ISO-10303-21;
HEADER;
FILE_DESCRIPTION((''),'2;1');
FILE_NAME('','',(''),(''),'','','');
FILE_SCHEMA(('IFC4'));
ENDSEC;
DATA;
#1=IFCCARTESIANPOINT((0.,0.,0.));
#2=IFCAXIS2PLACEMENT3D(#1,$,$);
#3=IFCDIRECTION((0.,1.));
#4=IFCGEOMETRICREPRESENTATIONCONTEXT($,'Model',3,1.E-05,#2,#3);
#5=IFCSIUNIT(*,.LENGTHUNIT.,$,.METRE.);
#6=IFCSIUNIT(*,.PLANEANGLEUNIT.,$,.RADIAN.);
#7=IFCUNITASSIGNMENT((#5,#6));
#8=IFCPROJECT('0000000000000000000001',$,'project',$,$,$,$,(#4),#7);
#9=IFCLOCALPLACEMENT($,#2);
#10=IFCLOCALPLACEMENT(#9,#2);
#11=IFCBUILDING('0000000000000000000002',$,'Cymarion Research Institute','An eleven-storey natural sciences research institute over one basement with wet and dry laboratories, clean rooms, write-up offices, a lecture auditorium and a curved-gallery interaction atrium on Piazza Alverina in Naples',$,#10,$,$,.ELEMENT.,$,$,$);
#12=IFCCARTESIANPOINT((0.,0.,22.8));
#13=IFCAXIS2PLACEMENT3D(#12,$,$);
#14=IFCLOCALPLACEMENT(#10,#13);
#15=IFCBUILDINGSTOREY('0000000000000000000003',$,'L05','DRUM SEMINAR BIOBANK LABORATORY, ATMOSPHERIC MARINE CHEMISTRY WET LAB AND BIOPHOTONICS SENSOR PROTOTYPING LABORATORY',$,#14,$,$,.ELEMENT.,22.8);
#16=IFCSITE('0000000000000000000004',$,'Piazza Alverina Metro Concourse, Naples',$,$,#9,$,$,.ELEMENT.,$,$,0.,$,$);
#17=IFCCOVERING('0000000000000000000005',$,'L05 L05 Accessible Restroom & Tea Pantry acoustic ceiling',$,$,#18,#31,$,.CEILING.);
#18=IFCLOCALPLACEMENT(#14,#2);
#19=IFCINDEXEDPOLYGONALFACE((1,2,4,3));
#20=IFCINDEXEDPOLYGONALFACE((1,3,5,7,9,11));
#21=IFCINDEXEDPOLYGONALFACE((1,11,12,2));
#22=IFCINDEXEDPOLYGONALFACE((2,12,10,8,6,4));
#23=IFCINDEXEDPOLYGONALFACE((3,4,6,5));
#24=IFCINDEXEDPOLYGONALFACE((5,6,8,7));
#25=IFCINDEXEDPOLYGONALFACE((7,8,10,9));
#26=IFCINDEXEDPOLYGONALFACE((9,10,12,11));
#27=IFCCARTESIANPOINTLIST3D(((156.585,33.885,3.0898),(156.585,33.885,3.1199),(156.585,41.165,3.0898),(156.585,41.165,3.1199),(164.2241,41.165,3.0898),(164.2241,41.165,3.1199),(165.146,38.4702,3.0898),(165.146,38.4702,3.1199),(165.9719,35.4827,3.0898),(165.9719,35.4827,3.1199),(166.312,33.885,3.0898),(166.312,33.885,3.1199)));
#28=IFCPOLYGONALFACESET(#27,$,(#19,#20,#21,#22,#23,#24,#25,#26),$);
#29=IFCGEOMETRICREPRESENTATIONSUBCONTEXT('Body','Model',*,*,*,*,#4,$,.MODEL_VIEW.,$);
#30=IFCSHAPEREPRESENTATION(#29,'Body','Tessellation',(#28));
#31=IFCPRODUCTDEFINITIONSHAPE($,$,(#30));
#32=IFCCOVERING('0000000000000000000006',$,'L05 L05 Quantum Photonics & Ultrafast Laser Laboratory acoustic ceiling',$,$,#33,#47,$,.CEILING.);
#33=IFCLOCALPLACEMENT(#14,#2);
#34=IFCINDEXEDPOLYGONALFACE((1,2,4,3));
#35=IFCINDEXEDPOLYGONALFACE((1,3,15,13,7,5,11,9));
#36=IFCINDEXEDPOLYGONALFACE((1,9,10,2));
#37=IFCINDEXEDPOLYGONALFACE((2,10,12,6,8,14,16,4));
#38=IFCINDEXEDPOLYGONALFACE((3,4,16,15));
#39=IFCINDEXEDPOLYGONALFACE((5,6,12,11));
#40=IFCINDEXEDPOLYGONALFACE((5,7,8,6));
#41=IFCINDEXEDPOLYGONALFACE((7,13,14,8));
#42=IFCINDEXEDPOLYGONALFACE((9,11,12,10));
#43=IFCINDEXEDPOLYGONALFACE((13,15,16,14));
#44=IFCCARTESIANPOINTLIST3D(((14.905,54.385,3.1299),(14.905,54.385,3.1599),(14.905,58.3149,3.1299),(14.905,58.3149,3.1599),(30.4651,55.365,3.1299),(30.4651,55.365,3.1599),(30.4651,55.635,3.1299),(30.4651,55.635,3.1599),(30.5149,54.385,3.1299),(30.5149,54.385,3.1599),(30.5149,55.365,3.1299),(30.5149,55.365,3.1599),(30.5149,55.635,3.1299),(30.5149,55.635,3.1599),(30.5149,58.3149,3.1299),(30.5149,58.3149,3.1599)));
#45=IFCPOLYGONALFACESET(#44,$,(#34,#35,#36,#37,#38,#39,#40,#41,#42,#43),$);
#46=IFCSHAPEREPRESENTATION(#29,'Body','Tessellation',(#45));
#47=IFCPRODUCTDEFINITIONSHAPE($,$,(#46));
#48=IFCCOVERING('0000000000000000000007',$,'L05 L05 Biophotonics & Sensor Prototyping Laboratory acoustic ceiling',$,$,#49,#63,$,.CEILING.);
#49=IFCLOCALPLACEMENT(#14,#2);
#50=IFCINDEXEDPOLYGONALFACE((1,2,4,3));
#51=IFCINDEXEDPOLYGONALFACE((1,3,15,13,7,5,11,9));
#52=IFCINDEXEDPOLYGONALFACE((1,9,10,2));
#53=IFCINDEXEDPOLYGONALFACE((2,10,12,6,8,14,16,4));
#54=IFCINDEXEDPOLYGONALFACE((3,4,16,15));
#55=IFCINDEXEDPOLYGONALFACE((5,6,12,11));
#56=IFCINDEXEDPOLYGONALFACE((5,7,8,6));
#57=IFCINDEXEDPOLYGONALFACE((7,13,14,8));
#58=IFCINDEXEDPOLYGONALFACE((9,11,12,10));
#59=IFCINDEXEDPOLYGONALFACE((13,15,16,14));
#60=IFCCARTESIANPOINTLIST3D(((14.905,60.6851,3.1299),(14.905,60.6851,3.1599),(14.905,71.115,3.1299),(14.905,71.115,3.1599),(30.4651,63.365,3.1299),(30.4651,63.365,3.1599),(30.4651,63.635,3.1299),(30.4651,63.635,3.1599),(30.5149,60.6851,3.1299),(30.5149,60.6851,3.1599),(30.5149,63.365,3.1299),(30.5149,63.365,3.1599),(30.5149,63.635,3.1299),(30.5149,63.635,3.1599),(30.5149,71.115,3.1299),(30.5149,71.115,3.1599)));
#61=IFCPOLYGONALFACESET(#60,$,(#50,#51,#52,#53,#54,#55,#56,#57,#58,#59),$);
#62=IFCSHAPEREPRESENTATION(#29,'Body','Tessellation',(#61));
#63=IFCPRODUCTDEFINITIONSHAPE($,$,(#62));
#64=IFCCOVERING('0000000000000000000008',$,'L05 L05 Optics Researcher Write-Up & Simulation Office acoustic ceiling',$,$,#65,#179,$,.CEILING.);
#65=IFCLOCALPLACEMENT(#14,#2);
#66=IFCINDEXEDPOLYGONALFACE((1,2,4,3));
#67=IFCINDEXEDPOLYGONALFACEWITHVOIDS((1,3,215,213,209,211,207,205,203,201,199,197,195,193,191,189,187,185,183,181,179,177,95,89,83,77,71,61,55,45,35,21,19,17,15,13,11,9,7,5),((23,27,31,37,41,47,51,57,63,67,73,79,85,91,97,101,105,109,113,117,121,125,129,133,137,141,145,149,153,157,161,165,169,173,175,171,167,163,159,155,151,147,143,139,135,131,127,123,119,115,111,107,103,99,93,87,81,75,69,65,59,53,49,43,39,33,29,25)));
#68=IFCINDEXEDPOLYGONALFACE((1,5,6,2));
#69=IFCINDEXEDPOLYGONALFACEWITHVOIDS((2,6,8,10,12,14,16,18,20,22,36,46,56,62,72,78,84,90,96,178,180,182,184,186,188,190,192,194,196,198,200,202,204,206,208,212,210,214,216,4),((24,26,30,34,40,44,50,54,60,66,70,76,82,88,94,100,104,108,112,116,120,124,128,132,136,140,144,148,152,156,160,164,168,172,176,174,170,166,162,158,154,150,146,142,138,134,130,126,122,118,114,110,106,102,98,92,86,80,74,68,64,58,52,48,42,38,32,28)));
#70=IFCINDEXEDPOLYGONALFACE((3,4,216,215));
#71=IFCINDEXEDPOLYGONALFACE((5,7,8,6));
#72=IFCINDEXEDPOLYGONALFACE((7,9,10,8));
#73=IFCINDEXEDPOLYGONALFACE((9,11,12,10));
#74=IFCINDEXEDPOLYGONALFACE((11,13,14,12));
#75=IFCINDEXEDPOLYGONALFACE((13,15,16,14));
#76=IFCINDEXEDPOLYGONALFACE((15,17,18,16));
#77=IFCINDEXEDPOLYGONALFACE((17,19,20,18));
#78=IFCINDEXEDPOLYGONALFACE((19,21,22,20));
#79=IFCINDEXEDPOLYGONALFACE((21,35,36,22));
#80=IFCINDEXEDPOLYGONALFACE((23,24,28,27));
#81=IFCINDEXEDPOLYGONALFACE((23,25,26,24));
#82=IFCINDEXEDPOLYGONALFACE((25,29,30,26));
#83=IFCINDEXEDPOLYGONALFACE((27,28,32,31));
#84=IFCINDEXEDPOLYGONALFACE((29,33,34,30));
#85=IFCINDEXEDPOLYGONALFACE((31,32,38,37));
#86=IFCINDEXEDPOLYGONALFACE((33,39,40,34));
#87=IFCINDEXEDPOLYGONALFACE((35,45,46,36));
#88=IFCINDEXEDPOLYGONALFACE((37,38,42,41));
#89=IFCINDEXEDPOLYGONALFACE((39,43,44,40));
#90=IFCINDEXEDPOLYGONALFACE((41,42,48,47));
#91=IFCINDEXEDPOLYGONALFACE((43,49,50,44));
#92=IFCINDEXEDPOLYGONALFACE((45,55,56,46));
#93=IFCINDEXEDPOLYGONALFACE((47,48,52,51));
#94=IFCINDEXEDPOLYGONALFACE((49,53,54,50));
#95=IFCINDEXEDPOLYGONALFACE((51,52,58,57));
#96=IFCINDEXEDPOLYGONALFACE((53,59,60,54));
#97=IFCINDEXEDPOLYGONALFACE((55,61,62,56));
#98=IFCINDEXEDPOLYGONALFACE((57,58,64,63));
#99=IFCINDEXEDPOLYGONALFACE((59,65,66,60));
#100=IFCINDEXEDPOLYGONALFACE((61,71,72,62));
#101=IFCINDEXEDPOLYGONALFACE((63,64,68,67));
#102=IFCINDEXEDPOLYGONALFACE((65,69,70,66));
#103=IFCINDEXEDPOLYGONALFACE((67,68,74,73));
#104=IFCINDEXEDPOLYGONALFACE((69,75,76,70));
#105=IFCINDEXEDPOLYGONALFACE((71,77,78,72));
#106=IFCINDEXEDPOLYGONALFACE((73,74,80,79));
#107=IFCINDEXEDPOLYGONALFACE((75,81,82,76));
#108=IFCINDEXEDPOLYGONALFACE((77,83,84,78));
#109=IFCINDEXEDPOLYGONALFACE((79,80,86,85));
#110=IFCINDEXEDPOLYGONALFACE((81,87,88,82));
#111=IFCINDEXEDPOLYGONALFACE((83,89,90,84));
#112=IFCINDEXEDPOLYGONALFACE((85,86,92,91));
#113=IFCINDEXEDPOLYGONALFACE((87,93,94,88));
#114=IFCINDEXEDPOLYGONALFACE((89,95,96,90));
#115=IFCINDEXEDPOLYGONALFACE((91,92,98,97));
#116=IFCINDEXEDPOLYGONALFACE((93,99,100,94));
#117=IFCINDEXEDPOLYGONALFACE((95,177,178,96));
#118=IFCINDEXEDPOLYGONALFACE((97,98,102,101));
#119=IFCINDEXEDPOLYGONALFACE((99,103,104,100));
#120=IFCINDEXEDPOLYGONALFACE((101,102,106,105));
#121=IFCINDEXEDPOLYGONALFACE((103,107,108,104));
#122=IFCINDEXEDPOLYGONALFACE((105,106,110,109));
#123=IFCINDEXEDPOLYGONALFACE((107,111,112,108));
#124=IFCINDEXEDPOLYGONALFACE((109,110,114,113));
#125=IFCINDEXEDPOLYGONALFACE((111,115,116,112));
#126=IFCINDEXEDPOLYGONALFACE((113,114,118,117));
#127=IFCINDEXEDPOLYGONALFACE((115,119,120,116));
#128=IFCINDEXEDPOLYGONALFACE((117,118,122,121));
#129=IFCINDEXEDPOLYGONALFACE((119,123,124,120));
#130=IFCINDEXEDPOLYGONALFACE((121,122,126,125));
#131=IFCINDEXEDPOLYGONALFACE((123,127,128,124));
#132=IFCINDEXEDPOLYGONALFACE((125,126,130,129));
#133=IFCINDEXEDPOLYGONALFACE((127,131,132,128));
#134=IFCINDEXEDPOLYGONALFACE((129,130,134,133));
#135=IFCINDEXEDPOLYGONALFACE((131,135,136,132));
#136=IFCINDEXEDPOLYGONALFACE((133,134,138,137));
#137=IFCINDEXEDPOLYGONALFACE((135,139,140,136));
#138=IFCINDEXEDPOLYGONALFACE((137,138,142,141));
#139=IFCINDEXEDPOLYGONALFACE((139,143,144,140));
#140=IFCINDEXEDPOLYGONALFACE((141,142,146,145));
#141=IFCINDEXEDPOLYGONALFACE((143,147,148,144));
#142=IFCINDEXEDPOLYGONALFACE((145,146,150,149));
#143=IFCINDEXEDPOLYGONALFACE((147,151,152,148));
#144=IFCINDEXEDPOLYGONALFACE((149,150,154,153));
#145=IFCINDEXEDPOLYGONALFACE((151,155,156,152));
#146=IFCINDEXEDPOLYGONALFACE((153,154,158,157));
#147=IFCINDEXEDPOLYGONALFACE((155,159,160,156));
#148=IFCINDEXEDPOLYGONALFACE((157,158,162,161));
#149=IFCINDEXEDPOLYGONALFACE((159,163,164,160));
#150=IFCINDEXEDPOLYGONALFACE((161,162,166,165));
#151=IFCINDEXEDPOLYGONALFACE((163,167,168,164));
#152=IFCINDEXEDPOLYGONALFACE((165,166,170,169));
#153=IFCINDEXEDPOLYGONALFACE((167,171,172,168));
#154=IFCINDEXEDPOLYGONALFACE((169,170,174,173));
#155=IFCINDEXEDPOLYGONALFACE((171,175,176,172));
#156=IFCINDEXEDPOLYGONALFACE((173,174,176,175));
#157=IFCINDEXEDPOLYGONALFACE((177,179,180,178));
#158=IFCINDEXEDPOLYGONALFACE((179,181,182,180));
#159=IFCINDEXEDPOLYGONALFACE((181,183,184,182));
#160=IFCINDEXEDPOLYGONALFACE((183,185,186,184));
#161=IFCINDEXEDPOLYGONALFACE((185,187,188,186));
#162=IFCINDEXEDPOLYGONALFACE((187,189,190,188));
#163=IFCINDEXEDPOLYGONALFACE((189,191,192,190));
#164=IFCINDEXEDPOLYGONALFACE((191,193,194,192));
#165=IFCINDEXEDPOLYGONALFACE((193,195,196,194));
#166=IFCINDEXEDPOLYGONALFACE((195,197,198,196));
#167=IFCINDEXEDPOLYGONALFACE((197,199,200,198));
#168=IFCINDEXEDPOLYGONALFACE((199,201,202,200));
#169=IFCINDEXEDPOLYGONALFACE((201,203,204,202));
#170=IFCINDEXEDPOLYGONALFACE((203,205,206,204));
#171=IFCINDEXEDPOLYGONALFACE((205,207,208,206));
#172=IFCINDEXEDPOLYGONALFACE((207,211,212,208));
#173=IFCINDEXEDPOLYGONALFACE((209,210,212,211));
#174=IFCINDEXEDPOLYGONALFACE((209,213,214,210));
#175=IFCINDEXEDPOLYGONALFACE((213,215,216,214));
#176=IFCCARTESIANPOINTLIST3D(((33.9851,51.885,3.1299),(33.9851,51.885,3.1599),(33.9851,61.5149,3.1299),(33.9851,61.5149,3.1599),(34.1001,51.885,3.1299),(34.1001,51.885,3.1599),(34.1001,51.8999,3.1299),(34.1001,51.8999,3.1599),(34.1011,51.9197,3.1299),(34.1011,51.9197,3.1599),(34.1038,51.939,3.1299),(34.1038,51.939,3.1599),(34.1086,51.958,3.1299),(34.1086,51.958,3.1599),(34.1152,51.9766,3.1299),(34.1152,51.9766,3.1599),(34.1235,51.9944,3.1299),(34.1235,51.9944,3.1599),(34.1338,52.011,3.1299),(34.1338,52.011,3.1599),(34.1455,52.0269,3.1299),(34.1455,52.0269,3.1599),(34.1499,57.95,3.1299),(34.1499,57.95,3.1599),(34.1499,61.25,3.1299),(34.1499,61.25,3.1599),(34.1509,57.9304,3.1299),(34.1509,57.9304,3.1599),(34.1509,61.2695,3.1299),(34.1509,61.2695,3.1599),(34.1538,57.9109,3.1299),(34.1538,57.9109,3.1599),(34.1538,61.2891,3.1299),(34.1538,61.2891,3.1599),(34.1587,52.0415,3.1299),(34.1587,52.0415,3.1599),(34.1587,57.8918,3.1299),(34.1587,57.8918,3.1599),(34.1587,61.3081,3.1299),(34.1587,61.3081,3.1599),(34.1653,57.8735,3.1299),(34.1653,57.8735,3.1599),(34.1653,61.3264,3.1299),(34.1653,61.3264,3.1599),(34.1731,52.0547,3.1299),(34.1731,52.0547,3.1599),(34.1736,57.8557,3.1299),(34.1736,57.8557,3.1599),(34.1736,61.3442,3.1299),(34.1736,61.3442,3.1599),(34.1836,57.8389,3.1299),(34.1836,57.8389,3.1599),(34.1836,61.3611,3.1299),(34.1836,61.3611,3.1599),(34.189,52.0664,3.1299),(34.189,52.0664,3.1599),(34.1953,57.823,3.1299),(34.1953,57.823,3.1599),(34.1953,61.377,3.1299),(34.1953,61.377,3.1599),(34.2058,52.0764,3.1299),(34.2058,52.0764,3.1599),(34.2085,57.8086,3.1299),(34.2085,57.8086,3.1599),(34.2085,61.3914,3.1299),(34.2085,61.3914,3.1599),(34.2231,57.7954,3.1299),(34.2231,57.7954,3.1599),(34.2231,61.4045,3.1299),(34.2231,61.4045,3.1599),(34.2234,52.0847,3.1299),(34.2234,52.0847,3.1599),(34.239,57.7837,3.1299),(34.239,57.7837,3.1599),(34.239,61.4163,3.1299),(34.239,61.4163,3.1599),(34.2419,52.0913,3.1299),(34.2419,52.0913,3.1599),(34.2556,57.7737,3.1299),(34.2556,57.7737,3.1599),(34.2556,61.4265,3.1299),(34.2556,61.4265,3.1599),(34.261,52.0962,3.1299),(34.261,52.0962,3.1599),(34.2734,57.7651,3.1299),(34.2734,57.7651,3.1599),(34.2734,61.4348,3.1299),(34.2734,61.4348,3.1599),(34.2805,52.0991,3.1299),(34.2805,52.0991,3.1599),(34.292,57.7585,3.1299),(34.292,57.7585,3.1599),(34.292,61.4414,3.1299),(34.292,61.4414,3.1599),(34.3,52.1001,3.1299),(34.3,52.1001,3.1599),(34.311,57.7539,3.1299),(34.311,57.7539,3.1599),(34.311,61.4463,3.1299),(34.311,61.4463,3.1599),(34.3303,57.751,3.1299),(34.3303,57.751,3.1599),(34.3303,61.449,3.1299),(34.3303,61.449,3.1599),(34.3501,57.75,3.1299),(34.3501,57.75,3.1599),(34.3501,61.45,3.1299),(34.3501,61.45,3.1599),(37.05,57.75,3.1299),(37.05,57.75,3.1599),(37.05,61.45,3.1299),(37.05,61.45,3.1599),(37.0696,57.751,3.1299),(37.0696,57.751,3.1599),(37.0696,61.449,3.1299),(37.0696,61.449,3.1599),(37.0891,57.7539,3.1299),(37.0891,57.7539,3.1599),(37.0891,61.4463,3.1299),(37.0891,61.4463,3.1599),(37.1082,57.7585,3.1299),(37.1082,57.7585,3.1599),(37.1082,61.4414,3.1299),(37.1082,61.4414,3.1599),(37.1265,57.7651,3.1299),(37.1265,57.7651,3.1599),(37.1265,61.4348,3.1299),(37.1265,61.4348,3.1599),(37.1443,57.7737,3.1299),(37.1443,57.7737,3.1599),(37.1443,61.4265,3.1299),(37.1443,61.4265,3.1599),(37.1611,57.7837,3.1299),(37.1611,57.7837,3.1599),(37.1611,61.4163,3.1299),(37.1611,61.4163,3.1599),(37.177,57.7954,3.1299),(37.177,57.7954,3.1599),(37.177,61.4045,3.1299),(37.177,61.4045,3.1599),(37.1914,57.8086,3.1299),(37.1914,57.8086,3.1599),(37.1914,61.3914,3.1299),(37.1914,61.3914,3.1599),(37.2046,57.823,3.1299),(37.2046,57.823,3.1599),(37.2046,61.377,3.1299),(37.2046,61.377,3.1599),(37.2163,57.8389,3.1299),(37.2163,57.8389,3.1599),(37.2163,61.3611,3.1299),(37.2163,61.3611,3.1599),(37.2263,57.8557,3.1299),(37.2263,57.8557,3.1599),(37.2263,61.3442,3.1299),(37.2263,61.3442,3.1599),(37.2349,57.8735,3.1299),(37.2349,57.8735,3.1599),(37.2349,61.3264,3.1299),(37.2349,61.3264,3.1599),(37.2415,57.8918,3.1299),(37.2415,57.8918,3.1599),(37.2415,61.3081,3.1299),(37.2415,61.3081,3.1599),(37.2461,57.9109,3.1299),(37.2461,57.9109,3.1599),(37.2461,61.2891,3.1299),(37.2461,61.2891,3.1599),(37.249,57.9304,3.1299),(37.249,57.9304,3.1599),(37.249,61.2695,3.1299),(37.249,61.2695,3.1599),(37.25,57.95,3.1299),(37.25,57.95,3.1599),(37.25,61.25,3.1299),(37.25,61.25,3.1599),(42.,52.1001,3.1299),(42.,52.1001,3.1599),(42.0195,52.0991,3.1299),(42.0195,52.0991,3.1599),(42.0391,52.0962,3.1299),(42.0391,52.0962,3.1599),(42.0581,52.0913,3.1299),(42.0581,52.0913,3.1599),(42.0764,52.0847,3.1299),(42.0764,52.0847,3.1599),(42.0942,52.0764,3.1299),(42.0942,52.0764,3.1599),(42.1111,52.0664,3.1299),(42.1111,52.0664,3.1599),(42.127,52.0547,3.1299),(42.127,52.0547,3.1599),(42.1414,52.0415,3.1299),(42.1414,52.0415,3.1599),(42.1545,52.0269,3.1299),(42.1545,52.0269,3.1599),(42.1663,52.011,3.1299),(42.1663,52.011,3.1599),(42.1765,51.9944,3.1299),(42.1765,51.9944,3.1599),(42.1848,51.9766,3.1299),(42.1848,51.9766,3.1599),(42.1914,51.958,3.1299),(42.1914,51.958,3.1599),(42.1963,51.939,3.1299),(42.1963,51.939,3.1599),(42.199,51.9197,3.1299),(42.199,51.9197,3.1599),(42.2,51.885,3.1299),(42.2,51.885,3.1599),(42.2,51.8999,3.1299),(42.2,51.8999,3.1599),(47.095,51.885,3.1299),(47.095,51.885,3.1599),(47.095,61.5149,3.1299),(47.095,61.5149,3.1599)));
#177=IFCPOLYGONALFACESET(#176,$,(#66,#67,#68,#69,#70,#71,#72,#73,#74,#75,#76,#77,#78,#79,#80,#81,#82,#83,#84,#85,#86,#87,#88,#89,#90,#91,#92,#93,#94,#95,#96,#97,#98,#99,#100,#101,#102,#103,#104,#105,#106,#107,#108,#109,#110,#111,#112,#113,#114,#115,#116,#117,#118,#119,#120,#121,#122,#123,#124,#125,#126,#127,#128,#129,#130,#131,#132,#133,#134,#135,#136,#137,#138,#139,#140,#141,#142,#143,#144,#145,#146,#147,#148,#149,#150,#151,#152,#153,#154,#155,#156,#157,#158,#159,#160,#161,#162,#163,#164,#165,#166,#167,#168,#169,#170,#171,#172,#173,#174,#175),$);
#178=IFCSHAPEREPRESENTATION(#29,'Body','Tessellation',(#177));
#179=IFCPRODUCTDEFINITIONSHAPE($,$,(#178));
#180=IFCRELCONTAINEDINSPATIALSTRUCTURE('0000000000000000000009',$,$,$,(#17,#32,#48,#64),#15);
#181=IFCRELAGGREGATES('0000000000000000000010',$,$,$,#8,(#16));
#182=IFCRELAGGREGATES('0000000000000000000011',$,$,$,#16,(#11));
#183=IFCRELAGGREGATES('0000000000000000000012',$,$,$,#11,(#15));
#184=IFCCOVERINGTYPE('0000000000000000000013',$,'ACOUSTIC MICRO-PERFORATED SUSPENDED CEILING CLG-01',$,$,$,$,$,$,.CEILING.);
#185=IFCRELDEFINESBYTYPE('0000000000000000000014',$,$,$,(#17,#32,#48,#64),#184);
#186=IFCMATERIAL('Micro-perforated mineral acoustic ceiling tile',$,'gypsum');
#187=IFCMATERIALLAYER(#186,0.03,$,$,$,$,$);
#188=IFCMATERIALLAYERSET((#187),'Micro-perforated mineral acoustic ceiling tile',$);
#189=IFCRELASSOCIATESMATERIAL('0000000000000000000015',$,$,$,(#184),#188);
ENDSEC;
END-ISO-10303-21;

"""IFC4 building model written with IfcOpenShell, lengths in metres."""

from ifc_helpers import new_model, si_unit, direction, frame, origin, place, context, subcontext, project, spatial, polyline, outline, extrude, material, layer, layer_set, type_object, element, save


model = new_model("IFC4")

# Units and contexts
model_context = context("Model", 3, precision=1e-05, world=origin(), true_north=direction((0.0, 1.0)))
body_context = subcontext(model_context, "Body", "Model", "MODEL_VIEW")
ifc_project = project(units=[si_unit("LENGTHUNIT", "METRE"), si_unit("PLANEANGLEUNIT", "RADIAN")], contexts=[model_context])

# Site, building, storey
site_placement = place(None, origin())
site = spatial("IfcSite", under=ifc_project, at=site_placement, Name="Piazza Alverina Metro Concourse, Naples", CompositionType="ELEMENT", RefElevation=0.0)
building_placement = place(site_placement, origin())
building = spatial("IfcBuilding", under=site, at=building_placement, Name="Cymarion Research Institute", Description="An eleven-storey natural sciences research institute over one basement with wet and dry laboratories, clean rooms, write-up offices, a lecture auditorium and a curved-gallery interaction atrium on Piazza Alverina in Naples", CompositionType="ELEMENT")
storey_placement = place(building_placement, frame((0.0, 0.0, 22.8)))
storey = spatial("IfcBuildingStorey", under=building, at=storey_placement, Name="L05", Description="DRUM SEMINAR BIOBANK LABORATORY, ATMOSPHERIC MARINE CHEMISTRY WET LAB AND BIOPHOTONICS SENSOR PROTOTYPING LABORATORY", CompositionType="ELEMENT", Elevation=22.8)

# Coverings
ifc_material_1 = material(Name="Micro-perforated mineral acoustic ceiling tile", Category="gypsum")
ifc_layer_1 = layer(ifc_material_1, 0.03)
ifc_layer_set_1 = layer_set([ifc_layer_1], Name="Micro-perforated mineral acoustic ceiling tile")
covering_type_1 = type_object("IfcCoveringType", Name="ACOUSTIC MICRO-PERFORATED SUSPENDED CEILING CLG-01", PredefinedType="CEILING", material=ifc_layer_set_1)
covering_1_placement = place(storey_placement, frame((0.0, 0.0, 3.0898)))
element("IfcCovering", 1, at=covering_1_placement, inside=storey, type_object=covering_type_1, Name="L05 L05 Accessible Restroom & Tea Pantry acoustic ceiling", PredefinedType="CEILING", context=body_context, shape_type="SweptSolid", body=[
    extrude(outline(polyline([(164.2241, 41.165), (165.146, 38.4702), (165.9719, 35.4827), (166.312, 33.885), (156.585, 33.885), (156.585, 41.165), (164.2241, 41.165)])), origin(), (0.0, 0.0, 1.0), 0.03),
])
covering_2_placement = place(storey_placement, frame((0.0, 0.0, 3.1299)))
element("IfcCovering", 2, at=covering_2_placement, inside=storey, type_object=covering_type_1, Name="L05 L05 Quantum Photonics & Ultrafast Laser Laboratory acoustic ceiling", PredefinedType="CEILING", context=body_context, shape_type="SweptSolid", body=[
    extrude(outline(polyline([(30.5149, 55.365), (30.5149, 54.385), (14.905, 54.385), (14.905, 58.3149), (30.5149, 58.3149), (30.5149, 55.635), (30.4651, 55.635), (30.4651, 55.365), (30.5149, 55.365)])), origin(), (0.0, 0.0, 1.0), 0.03),
])
covering_3_placement = place(storey_placement, frame((0.0, 0.0, 3.1299)))
element("IfcCovering", 3, at=covering_3_placement, inside=storey, type_object=covering_type_1, Name="L05 L05 Biophotonics & Sensor Prototyping Laboratory acoustic ceiling", PredefinedType="CEILING", context=body_context, shape_type="SweptSolid", body=[
    extrude(outline(polyline([(30.5149, 63.365), (30.5149, 60.6851), (14.905, 60.6851), (14.905, 71.115), (30.5149, 71.115), (30.5149, 63.635), (30.4651, 63.635), (30.4651, 63.365), (30.5149, 63.365)])), origin(), (0.0, 0.0, 1.0), 0.03),
])
covering_4_placement = place(storey_placement, frame((0.0, 0.0, 3.1299)))
element("IfcCovering", 4, at=covering_4_placement, inside=storey, type_object=covering_type_1, Name="L05 L05 Optics Researcher Write-Up & Simulation Office acoustic ceiling", PredefinedType="CEILING", context=body_context, shape_type="SweptSolid", body=[
    extrude(outline(polyline([(47.095, 61.5149), (47.095, 51.885), (42.2, 51.885), (42.2, 51.8999), (42.199, 51.9197), (42.1963, 51.939), (42.1914, 51.958), (42.1848, 51.9766), (42.1765, 51.9944), (42.1663, 52.011), (42.1545, 52.0269), (42.1414, 52.0415), (42.127, 52.0547), (42.1111, 52.0664), (42.0942, 52.0764), (42.0764, 52.0847), (42.0581, 52.0913), (42.0391, 52.0962), (42.0195, 52.0991), (42.0, 52.1001), (34.3, 52.1001), (34.2805, 52.0991), (34.261, 52.0962), (34.2419, 52.0913), (34.2234, 52.0847), (34.2058, 52.0764), (34.189, 52.0664), (34.1731, 52.0547), (34.1587, 52.0415), (34.1455, 52.0269), (34.1338, 52.011), (34.1235, 51.9944), (34.1152, 51.9766), (34.1086, 51.958), (34.1038, 51.939), (34.1011, 51.9197), (34.1001, 51.8999), (34.1001, 51.885), (33.9851, 51.885), (33.9851, 61.5149), (47.095, 61.5149)]), holes=[polyline([(34.311, 57.7539), (34.3303, 57.751), (34.3501, 57.75), (37.05, 57.75), (37.0696, 57.751), (37.0891, 57.7539), (37.1082, 57.7585), (37.1265, 57.7651), (37.1443, 57.7737), (37.1611, 57.7837), (37.177, 57.7954), (37.1914, 57.8086), (37.2046, 57.823), (37.2163, 57.8389), (37.2263, 57.8557), (37.2349, 57.8735), (37.2415, 57.8918), (37.2461, 57.9109), (37.249, 57.9304), (37.25, 57.95), (37.25, 61.25), (37.249, 61.2695), (37.2461, 61.2891), (37.2415, 61.3081), (37.2349, 61.3264), (37.2263, 61.3442), (37.2163, 61.3611), (37.2046, 61.377), (37.1914, 61.3914), (37.177, 61.4045), (37.1611, 61.4163), (37.1443, 61.4265), (37.1265, 61.4348), (37.1082, 61.4414), (37.0891, 61.4463), (37.0696, 61.449), (37.05, 61.45), (34.3501, 61.45), (34.3303, 61.449), (34.311, 61.4463), (34.292, 61.4414), (34.2734, 61.4348), (34.2556, 61.4265), (34.239, 61.4163), (34.2231, 61.4045), (34.2085, 61.3914), (34.1953, 61.377), (34.1836, 61.3611), (34.1736, 61.3442), (34.1653, 61.3264), (34.1587, 61.3081), (34.1538, 61.2891), (34.1509, 61.2695), (34.1499, 61.25), (34.1499, 57.95), (34.1509, 57.9304), (34.1538, 57.9109), (34.1587, 57.8918), (34.1653, 57.8735), (34.1736, 57.8557), (34.1836, 57.8389), (34.1953, 57.823), (34.2085, 57.8086), (34.2231, 57.7954), (34.239, 57.7837), (34.2556, 57.7737), (34.2734, 57.7651), (34.292, 57.7585), (34.311, 57.7539)])]), origin(), (0.0, 0.0, 1.0), 0.03),
])

save(model, "model.ifc")
